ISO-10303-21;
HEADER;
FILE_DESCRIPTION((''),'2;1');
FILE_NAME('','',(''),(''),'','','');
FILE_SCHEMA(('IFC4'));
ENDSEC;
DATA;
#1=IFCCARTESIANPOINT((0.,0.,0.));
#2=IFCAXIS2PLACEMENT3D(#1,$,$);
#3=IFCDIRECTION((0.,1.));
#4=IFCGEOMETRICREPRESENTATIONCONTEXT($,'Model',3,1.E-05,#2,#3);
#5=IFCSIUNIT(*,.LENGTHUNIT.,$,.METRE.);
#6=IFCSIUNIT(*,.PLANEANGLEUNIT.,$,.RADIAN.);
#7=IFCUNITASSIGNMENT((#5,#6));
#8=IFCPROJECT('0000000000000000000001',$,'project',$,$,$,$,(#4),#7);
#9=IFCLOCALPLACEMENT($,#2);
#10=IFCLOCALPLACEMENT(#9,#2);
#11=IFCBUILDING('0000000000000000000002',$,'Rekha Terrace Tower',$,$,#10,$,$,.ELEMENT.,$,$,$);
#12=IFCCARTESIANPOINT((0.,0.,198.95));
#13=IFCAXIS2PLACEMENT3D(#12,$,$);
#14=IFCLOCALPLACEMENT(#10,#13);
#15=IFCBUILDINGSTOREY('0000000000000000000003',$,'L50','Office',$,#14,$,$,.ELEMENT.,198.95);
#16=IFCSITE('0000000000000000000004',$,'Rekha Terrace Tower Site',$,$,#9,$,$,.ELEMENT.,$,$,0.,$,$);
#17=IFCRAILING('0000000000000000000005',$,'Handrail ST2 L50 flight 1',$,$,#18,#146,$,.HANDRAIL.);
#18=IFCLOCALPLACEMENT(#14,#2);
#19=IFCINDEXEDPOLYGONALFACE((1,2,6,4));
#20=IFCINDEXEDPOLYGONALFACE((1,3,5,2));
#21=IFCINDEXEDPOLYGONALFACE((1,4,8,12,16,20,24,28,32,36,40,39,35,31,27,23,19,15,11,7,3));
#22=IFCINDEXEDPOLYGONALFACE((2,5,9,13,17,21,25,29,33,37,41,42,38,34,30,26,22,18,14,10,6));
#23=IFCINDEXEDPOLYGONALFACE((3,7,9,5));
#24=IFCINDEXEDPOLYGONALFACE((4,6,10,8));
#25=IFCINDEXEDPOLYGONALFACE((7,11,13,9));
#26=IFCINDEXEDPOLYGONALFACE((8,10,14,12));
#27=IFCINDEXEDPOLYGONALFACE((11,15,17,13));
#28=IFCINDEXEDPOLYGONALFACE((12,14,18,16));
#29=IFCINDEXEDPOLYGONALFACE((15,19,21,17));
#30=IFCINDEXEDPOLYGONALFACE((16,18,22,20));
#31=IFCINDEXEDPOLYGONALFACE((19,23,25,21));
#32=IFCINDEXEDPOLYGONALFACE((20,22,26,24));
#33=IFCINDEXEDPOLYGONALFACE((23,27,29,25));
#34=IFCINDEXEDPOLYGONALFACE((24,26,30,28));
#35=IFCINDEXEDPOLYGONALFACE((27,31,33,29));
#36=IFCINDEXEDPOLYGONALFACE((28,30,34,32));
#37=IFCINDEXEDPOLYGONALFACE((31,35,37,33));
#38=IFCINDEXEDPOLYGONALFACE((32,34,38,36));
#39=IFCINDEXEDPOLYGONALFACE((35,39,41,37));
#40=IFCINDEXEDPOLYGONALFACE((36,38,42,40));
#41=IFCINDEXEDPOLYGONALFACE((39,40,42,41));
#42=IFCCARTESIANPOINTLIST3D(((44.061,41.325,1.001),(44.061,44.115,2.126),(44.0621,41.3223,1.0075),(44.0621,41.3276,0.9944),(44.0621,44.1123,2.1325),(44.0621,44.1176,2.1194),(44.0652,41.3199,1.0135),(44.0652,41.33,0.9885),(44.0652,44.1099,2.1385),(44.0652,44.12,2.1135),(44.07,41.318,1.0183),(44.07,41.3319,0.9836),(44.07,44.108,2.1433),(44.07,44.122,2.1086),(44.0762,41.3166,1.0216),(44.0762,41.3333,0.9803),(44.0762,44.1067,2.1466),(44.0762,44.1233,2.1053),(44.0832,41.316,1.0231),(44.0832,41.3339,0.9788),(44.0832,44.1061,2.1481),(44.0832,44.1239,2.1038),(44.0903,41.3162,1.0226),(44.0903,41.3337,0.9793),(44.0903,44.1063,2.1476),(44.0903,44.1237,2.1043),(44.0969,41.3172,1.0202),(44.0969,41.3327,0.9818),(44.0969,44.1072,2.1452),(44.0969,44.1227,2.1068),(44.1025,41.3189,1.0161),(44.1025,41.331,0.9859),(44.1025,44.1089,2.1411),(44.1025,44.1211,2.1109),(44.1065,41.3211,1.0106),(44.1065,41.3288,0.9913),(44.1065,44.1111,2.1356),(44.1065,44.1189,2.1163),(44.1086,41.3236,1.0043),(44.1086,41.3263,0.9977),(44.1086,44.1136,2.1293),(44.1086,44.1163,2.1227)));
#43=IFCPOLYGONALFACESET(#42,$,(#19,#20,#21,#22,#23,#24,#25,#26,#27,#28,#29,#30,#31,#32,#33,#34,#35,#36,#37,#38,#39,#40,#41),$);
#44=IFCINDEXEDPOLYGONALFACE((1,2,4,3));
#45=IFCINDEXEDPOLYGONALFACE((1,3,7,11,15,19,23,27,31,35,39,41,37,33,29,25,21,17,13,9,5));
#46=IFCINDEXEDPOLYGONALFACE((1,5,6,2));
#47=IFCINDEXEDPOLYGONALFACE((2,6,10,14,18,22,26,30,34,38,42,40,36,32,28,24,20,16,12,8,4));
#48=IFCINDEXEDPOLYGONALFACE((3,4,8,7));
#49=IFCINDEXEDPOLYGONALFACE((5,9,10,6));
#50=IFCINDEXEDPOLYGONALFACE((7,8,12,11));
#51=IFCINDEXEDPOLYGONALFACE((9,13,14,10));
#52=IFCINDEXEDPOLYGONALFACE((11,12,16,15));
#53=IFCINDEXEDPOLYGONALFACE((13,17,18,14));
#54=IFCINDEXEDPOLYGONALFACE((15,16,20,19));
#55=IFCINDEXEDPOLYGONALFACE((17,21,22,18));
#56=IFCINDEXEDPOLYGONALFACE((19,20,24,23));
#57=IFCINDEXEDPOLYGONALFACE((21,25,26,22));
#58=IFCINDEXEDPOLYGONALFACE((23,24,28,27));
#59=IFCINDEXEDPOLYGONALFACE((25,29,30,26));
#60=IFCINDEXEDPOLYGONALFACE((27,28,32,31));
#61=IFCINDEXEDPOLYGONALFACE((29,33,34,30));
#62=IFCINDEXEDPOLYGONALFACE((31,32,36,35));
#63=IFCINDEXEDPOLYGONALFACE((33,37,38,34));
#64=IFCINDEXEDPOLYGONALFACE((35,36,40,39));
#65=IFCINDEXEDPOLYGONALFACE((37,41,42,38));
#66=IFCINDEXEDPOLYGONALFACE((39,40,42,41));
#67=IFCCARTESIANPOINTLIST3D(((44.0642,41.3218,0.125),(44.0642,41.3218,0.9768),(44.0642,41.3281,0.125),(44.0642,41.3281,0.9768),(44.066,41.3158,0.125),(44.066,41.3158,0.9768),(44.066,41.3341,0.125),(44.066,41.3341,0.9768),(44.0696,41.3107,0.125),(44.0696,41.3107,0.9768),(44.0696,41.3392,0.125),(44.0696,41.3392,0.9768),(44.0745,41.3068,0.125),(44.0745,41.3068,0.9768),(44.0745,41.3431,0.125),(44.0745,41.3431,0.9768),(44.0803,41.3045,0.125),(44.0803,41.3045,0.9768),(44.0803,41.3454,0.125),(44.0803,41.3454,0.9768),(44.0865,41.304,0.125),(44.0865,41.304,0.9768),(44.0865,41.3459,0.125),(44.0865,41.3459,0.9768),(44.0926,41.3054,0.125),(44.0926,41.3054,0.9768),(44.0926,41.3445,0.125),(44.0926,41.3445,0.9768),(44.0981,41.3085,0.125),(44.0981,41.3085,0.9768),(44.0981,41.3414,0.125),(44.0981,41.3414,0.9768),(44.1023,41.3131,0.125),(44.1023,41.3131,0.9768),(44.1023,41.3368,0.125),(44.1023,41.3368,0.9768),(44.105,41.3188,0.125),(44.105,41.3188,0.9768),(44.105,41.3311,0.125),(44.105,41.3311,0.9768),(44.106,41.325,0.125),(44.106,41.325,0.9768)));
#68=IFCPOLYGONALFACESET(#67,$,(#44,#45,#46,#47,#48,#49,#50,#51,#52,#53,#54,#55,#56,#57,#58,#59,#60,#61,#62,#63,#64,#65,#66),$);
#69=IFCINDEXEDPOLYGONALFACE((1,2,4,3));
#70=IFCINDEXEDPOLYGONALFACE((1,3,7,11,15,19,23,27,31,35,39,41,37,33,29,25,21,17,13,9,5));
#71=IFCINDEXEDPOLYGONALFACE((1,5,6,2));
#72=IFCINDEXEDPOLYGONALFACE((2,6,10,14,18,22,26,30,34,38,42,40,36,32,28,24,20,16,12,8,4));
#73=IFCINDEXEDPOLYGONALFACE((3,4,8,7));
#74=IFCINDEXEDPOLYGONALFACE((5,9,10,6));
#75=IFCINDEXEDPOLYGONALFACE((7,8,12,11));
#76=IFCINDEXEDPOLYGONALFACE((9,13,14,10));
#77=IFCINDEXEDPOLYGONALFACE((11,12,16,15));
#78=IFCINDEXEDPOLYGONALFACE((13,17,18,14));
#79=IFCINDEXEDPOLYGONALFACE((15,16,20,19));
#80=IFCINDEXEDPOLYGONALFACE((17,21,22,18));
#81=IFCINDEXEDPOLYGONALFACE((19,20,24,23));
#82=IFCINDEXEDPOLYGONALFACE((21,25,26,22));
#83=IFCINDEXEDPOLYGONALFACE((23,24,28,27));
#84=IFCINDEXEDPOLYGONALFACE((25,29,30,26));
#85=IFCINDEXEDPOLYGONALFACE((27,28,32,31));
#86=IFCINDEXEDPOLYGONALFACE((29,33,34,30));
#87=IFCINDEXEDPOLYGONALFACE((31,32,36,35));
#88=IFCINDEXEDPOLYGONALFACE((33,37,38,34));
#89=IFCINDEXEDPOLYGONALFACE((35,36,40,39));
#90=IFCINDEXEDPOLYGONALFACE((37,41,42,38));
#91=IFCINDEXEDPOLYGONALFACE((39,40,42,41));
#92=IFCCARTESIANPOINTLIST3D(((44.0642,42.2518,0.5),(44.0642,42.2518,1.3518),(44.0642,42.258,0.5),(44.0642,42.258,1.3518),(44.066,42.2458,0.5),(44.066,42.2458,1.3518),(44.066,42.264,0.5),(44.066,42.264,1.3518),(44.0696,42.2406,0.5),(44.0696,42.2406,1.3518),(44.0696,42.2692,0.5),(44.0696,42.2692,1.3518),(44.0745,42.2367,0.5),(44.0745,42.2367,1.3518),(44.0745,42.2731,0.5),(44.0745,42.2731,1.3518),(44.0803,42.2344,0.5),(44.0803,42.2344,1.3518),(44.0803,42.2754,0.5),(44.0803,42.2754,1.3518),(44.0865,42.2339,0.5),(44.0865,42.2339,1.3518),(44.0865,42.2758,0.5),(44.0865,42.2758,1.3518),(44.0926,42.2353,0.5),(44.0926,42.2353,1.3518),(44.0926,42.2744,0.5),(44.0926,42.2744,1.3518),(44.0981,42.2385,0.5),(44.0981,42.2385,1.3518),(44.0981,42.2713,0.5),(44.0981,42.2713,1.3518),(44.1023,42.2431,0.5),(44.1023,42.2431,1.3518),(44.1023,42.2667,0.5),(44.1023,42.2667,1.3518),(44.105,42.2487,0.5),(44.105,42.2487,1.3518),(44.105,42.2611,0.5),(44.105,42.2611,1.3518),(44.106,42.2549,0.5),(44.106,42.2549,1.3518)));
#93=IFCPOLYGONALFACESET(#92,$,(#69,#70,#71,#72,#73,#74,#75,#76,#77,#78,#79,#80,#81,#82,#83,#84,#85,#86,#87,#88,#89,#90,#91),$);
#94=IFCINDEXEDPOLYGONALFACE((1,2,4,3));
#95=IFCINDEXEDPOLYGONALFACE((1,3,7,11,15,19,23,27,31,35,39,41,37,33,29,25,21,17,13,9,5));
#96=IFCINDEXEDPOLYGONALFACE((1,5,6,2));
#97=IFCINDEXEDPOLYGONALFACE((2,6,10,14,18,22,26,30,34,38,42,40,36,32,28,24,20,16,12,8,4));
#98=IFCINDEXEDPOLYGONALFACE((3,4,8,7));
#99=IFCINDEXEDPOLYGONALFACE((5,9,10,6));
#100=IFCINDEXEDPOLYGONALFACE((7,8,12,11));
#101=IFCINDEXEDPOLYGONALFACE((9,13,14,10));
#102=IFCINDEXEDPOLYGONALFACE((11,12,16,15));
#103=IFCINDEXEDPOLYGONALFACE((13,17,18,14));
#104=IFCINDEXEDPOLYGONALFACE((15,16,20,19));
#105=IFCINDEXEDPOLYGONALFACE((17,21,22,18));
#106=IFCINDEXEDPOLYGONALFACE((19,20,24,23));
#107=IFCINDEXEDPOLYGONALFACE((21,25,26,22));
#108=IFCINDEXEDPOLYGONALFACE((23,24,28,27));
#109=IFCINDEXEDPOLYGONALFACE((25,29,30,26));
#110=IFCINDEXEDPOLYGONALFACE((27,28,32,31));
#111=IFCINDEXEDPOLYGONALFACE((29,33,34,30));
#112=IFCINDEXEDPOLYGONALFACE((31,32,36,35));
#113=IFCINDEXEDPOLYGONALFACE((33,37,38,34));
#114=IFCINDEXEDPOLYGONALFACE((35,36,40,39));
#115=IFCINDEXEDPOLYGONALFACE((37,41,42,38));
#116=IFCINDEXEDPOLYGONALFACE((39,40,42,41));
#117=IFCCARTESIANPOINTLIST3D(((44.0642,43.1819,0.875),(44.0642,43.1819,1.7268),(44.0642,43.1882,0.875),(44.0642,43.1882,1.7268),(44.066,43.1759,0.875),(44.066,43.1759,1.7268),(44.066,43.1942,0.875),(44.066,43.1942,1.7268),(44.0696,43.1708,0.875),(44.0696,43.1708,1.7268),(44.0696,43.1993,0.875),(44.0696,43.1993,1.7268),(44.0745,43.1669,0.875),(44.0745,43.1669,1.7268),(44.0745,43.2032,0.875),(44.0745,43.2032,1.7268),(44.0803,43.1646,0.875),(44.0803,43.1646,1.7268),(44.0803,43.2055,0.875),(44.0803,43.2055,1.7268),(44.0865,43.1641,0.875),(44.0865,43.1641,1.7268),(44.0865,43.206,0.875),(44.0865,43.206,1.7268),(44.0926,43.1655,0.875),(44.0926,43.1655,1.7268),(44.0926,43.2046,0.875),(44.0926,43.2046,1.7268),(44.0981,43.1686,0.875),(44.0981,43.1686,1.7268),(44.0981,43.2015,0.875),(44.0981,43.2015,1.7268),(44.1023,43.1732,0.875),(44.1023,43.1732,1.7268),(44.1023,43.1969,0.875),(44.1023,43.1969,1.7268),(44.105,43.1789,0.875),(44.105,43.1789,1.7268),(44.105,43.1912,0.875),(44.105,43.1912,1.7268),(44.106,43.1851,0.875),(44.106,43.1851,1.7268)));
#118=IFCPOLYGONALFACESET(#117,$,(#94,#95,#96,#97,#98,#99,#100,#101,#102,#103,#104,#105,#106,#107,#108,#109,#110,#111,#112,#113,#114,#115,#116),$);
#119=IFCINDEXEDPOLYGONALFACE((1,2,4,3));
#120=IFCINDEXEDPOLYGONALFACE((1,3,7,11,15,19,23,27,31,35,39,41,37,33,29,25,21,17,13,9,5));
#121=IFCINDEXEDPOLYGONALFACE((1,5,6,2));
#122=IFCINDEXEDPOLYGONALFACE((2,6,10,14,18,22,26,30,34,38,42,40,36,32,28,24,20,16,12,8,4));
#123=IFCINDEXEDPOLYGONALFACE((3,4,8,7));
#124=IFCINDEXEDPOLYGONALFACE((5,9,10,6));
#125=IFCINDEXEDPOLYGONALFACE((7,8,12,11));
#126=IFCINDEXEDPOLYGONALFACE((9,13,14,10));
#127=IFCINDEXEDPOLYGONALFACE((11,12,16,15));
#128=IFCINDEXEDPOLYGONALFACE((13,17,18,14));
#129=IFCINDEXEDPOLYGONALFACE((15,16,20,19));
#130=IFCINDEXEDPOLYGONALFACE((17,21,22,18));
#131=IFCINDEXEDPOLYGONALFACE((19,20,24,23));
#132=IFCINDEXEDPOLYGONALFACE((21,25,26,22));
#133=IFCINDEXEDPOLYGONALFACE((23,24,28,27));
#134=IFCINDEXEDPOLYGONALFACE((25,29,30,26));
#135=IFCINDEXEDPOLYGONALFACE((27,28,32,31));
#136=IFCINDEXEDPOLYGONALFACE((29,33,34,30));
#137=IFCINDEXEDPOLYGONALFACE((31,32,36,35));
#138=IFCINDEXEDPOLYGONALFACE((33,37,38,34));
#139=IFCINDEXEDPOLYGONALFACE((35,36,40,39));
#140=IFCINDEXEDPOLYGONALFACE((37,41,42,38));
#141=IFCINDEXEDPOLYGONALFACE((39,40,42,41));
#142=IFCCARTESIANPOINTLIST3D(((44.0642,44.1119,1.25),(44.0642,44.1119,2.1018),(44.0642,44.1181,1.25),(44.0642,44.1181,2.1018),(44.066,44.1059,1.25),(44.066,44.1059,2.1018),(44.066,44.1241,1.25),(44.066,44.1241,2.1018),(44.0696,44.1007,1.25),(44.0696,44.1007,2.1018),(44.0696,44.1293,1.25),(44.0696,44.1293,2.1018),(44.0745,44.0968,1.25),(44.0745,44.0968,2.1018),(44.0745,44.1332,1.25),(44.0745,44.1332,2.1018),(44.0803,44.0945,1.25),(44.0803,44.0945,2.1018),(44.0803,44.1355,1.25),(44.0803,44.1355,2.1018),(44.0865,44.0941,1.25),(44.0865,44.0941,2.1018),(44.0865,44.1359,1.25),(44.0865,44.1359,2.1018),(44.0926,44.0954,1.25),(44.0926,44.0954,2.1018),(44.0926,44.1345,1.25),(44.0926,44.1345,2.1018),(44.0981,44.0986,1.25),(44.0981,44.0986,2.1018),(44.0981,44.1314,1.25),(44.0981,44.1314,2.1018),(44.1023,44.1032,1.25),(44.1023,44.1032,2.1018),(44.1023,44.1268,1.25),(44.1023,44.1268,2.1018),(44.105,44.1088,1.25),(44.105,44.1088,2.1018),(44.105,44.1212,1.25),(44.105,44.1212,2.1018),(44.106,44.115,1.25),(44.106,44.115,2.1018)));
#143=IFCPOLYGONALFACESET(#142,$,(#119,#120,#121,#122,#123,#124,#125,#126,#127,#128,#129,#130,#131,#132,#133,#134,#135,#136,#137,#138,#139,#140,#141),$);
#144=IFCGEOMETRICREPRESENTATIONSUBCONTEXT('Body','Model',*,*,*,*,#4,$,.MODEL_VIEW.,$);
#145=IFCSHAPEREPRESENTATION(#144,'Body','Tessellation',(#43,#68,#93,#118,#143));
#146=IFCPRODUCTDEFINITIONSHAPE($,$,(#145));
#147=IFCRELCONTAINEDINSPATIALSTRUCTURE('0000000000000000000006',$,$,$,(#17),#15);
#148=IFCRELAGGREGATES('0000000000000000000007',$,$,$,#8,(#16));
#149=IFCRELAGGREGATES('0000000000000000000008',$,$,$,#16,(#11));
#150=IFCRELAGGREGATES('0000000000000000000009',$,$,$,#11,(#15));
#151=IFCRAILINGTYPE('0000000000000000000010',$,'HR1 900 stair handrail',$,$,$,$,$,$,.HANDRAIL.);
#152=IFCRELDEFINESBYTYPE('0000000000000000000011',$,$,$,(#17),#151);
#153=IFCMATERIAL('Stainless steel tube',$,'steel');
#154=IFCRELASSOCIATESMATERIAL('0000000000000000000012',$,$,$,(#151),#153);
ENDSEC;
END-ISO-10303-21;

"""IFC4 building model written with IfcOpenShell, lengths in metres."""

from ifc_helpers import new_model, si_unit, direction, frame, origin, origin_2d, place, context, subcontext, project, spatial, circle, extrude, material, type_object, element, save


model = new_model("IFC4")

# Units and contexts
model_context = context("Model", 3, precision=1e-05, world=origin(), true_north=direction((0.0, 1.0)))
body_context = subcontext(model_context, "Body", "Model", "MODEL_VIEW")
ifc_project = project(units=[si_unit("LENGTHUNIT", "METRE"), si_unit("PLANEANGLEUNIT", "RADIAN")], contexts=[model_context])

# Site, building, storey
site_placement = place(None, origin())
site = spatial("IfcSite", under=ifc_project, at=site_placement, Name="Rekha Terrace Tower Site", CompositionType="ELEMENT", RefElevation=0.0)
building_placement = place(site_placement, origin())
building = spatial("IfcBuilding", under=site, at=building_placement, Name="Rekha Terrace Tower", CompositionType="ELEMENT")
storey_placement = place(building_placement, frame((0.0, 0.0, 198.95)))
storey = spatial("IfcBuildingStorey", under=building, at=storey_placement, Name="L50", Description="Office", CompositionType="ELEMENT", Elevation=198.95)

# Railing
ifc_material_1 = material(Name="Stainless steel tube", Category="steel")
railing_type_1 = type_object("IfcRailingType", Name="HR1 900 stair handrail", PredefinedType="HANDRAIL", material=ifc_material_1)
railing_1_placement = place(storey_placement, frame((44.085, 41.325, 0.125)))
element("IfcRailing", 1, at=railing_1_placement, inside=storey, type_object=railing_type_1, Name="Handrail ST2 L50 flight 1", PredefinedType="HANDRAIL", context=body_context, shape_type="SweptSolid", body=[
    extrude(circle(Radius=0.0239, at=origin_2d()), frame((0.0, 0.0, 0.876), z_axis=(0.0, 0.927443, 0.373964), x_axis=(-1.0, 0.0, 0.0)), (0.0, 0.0, 1.0), 3.0083),
    extrude(circle(Radius=0.021, at=origin_2d()), origin(), (0.0, 0.0, 1.0), 0.8518),
    extrude(circle(Radius=0.021, at=origin_2d()), frame((0.0, 0.9299, 0.375)), (0.0, 0.0, 1.0), 0.8518),
    extrude(circle(Radius=0.021, at=origin_2d()), frame((0.0, 1.8601, 0.75)), (0.0, 0.0, 1.0), 0.8518),
    extrude(circle(Radius=0.021, at=origin_2d()), frame((0.0, 2.79, 1.125)), (0.0, 0.0, 1.0), 0.8518),
])

save(model, "model.ifc")
